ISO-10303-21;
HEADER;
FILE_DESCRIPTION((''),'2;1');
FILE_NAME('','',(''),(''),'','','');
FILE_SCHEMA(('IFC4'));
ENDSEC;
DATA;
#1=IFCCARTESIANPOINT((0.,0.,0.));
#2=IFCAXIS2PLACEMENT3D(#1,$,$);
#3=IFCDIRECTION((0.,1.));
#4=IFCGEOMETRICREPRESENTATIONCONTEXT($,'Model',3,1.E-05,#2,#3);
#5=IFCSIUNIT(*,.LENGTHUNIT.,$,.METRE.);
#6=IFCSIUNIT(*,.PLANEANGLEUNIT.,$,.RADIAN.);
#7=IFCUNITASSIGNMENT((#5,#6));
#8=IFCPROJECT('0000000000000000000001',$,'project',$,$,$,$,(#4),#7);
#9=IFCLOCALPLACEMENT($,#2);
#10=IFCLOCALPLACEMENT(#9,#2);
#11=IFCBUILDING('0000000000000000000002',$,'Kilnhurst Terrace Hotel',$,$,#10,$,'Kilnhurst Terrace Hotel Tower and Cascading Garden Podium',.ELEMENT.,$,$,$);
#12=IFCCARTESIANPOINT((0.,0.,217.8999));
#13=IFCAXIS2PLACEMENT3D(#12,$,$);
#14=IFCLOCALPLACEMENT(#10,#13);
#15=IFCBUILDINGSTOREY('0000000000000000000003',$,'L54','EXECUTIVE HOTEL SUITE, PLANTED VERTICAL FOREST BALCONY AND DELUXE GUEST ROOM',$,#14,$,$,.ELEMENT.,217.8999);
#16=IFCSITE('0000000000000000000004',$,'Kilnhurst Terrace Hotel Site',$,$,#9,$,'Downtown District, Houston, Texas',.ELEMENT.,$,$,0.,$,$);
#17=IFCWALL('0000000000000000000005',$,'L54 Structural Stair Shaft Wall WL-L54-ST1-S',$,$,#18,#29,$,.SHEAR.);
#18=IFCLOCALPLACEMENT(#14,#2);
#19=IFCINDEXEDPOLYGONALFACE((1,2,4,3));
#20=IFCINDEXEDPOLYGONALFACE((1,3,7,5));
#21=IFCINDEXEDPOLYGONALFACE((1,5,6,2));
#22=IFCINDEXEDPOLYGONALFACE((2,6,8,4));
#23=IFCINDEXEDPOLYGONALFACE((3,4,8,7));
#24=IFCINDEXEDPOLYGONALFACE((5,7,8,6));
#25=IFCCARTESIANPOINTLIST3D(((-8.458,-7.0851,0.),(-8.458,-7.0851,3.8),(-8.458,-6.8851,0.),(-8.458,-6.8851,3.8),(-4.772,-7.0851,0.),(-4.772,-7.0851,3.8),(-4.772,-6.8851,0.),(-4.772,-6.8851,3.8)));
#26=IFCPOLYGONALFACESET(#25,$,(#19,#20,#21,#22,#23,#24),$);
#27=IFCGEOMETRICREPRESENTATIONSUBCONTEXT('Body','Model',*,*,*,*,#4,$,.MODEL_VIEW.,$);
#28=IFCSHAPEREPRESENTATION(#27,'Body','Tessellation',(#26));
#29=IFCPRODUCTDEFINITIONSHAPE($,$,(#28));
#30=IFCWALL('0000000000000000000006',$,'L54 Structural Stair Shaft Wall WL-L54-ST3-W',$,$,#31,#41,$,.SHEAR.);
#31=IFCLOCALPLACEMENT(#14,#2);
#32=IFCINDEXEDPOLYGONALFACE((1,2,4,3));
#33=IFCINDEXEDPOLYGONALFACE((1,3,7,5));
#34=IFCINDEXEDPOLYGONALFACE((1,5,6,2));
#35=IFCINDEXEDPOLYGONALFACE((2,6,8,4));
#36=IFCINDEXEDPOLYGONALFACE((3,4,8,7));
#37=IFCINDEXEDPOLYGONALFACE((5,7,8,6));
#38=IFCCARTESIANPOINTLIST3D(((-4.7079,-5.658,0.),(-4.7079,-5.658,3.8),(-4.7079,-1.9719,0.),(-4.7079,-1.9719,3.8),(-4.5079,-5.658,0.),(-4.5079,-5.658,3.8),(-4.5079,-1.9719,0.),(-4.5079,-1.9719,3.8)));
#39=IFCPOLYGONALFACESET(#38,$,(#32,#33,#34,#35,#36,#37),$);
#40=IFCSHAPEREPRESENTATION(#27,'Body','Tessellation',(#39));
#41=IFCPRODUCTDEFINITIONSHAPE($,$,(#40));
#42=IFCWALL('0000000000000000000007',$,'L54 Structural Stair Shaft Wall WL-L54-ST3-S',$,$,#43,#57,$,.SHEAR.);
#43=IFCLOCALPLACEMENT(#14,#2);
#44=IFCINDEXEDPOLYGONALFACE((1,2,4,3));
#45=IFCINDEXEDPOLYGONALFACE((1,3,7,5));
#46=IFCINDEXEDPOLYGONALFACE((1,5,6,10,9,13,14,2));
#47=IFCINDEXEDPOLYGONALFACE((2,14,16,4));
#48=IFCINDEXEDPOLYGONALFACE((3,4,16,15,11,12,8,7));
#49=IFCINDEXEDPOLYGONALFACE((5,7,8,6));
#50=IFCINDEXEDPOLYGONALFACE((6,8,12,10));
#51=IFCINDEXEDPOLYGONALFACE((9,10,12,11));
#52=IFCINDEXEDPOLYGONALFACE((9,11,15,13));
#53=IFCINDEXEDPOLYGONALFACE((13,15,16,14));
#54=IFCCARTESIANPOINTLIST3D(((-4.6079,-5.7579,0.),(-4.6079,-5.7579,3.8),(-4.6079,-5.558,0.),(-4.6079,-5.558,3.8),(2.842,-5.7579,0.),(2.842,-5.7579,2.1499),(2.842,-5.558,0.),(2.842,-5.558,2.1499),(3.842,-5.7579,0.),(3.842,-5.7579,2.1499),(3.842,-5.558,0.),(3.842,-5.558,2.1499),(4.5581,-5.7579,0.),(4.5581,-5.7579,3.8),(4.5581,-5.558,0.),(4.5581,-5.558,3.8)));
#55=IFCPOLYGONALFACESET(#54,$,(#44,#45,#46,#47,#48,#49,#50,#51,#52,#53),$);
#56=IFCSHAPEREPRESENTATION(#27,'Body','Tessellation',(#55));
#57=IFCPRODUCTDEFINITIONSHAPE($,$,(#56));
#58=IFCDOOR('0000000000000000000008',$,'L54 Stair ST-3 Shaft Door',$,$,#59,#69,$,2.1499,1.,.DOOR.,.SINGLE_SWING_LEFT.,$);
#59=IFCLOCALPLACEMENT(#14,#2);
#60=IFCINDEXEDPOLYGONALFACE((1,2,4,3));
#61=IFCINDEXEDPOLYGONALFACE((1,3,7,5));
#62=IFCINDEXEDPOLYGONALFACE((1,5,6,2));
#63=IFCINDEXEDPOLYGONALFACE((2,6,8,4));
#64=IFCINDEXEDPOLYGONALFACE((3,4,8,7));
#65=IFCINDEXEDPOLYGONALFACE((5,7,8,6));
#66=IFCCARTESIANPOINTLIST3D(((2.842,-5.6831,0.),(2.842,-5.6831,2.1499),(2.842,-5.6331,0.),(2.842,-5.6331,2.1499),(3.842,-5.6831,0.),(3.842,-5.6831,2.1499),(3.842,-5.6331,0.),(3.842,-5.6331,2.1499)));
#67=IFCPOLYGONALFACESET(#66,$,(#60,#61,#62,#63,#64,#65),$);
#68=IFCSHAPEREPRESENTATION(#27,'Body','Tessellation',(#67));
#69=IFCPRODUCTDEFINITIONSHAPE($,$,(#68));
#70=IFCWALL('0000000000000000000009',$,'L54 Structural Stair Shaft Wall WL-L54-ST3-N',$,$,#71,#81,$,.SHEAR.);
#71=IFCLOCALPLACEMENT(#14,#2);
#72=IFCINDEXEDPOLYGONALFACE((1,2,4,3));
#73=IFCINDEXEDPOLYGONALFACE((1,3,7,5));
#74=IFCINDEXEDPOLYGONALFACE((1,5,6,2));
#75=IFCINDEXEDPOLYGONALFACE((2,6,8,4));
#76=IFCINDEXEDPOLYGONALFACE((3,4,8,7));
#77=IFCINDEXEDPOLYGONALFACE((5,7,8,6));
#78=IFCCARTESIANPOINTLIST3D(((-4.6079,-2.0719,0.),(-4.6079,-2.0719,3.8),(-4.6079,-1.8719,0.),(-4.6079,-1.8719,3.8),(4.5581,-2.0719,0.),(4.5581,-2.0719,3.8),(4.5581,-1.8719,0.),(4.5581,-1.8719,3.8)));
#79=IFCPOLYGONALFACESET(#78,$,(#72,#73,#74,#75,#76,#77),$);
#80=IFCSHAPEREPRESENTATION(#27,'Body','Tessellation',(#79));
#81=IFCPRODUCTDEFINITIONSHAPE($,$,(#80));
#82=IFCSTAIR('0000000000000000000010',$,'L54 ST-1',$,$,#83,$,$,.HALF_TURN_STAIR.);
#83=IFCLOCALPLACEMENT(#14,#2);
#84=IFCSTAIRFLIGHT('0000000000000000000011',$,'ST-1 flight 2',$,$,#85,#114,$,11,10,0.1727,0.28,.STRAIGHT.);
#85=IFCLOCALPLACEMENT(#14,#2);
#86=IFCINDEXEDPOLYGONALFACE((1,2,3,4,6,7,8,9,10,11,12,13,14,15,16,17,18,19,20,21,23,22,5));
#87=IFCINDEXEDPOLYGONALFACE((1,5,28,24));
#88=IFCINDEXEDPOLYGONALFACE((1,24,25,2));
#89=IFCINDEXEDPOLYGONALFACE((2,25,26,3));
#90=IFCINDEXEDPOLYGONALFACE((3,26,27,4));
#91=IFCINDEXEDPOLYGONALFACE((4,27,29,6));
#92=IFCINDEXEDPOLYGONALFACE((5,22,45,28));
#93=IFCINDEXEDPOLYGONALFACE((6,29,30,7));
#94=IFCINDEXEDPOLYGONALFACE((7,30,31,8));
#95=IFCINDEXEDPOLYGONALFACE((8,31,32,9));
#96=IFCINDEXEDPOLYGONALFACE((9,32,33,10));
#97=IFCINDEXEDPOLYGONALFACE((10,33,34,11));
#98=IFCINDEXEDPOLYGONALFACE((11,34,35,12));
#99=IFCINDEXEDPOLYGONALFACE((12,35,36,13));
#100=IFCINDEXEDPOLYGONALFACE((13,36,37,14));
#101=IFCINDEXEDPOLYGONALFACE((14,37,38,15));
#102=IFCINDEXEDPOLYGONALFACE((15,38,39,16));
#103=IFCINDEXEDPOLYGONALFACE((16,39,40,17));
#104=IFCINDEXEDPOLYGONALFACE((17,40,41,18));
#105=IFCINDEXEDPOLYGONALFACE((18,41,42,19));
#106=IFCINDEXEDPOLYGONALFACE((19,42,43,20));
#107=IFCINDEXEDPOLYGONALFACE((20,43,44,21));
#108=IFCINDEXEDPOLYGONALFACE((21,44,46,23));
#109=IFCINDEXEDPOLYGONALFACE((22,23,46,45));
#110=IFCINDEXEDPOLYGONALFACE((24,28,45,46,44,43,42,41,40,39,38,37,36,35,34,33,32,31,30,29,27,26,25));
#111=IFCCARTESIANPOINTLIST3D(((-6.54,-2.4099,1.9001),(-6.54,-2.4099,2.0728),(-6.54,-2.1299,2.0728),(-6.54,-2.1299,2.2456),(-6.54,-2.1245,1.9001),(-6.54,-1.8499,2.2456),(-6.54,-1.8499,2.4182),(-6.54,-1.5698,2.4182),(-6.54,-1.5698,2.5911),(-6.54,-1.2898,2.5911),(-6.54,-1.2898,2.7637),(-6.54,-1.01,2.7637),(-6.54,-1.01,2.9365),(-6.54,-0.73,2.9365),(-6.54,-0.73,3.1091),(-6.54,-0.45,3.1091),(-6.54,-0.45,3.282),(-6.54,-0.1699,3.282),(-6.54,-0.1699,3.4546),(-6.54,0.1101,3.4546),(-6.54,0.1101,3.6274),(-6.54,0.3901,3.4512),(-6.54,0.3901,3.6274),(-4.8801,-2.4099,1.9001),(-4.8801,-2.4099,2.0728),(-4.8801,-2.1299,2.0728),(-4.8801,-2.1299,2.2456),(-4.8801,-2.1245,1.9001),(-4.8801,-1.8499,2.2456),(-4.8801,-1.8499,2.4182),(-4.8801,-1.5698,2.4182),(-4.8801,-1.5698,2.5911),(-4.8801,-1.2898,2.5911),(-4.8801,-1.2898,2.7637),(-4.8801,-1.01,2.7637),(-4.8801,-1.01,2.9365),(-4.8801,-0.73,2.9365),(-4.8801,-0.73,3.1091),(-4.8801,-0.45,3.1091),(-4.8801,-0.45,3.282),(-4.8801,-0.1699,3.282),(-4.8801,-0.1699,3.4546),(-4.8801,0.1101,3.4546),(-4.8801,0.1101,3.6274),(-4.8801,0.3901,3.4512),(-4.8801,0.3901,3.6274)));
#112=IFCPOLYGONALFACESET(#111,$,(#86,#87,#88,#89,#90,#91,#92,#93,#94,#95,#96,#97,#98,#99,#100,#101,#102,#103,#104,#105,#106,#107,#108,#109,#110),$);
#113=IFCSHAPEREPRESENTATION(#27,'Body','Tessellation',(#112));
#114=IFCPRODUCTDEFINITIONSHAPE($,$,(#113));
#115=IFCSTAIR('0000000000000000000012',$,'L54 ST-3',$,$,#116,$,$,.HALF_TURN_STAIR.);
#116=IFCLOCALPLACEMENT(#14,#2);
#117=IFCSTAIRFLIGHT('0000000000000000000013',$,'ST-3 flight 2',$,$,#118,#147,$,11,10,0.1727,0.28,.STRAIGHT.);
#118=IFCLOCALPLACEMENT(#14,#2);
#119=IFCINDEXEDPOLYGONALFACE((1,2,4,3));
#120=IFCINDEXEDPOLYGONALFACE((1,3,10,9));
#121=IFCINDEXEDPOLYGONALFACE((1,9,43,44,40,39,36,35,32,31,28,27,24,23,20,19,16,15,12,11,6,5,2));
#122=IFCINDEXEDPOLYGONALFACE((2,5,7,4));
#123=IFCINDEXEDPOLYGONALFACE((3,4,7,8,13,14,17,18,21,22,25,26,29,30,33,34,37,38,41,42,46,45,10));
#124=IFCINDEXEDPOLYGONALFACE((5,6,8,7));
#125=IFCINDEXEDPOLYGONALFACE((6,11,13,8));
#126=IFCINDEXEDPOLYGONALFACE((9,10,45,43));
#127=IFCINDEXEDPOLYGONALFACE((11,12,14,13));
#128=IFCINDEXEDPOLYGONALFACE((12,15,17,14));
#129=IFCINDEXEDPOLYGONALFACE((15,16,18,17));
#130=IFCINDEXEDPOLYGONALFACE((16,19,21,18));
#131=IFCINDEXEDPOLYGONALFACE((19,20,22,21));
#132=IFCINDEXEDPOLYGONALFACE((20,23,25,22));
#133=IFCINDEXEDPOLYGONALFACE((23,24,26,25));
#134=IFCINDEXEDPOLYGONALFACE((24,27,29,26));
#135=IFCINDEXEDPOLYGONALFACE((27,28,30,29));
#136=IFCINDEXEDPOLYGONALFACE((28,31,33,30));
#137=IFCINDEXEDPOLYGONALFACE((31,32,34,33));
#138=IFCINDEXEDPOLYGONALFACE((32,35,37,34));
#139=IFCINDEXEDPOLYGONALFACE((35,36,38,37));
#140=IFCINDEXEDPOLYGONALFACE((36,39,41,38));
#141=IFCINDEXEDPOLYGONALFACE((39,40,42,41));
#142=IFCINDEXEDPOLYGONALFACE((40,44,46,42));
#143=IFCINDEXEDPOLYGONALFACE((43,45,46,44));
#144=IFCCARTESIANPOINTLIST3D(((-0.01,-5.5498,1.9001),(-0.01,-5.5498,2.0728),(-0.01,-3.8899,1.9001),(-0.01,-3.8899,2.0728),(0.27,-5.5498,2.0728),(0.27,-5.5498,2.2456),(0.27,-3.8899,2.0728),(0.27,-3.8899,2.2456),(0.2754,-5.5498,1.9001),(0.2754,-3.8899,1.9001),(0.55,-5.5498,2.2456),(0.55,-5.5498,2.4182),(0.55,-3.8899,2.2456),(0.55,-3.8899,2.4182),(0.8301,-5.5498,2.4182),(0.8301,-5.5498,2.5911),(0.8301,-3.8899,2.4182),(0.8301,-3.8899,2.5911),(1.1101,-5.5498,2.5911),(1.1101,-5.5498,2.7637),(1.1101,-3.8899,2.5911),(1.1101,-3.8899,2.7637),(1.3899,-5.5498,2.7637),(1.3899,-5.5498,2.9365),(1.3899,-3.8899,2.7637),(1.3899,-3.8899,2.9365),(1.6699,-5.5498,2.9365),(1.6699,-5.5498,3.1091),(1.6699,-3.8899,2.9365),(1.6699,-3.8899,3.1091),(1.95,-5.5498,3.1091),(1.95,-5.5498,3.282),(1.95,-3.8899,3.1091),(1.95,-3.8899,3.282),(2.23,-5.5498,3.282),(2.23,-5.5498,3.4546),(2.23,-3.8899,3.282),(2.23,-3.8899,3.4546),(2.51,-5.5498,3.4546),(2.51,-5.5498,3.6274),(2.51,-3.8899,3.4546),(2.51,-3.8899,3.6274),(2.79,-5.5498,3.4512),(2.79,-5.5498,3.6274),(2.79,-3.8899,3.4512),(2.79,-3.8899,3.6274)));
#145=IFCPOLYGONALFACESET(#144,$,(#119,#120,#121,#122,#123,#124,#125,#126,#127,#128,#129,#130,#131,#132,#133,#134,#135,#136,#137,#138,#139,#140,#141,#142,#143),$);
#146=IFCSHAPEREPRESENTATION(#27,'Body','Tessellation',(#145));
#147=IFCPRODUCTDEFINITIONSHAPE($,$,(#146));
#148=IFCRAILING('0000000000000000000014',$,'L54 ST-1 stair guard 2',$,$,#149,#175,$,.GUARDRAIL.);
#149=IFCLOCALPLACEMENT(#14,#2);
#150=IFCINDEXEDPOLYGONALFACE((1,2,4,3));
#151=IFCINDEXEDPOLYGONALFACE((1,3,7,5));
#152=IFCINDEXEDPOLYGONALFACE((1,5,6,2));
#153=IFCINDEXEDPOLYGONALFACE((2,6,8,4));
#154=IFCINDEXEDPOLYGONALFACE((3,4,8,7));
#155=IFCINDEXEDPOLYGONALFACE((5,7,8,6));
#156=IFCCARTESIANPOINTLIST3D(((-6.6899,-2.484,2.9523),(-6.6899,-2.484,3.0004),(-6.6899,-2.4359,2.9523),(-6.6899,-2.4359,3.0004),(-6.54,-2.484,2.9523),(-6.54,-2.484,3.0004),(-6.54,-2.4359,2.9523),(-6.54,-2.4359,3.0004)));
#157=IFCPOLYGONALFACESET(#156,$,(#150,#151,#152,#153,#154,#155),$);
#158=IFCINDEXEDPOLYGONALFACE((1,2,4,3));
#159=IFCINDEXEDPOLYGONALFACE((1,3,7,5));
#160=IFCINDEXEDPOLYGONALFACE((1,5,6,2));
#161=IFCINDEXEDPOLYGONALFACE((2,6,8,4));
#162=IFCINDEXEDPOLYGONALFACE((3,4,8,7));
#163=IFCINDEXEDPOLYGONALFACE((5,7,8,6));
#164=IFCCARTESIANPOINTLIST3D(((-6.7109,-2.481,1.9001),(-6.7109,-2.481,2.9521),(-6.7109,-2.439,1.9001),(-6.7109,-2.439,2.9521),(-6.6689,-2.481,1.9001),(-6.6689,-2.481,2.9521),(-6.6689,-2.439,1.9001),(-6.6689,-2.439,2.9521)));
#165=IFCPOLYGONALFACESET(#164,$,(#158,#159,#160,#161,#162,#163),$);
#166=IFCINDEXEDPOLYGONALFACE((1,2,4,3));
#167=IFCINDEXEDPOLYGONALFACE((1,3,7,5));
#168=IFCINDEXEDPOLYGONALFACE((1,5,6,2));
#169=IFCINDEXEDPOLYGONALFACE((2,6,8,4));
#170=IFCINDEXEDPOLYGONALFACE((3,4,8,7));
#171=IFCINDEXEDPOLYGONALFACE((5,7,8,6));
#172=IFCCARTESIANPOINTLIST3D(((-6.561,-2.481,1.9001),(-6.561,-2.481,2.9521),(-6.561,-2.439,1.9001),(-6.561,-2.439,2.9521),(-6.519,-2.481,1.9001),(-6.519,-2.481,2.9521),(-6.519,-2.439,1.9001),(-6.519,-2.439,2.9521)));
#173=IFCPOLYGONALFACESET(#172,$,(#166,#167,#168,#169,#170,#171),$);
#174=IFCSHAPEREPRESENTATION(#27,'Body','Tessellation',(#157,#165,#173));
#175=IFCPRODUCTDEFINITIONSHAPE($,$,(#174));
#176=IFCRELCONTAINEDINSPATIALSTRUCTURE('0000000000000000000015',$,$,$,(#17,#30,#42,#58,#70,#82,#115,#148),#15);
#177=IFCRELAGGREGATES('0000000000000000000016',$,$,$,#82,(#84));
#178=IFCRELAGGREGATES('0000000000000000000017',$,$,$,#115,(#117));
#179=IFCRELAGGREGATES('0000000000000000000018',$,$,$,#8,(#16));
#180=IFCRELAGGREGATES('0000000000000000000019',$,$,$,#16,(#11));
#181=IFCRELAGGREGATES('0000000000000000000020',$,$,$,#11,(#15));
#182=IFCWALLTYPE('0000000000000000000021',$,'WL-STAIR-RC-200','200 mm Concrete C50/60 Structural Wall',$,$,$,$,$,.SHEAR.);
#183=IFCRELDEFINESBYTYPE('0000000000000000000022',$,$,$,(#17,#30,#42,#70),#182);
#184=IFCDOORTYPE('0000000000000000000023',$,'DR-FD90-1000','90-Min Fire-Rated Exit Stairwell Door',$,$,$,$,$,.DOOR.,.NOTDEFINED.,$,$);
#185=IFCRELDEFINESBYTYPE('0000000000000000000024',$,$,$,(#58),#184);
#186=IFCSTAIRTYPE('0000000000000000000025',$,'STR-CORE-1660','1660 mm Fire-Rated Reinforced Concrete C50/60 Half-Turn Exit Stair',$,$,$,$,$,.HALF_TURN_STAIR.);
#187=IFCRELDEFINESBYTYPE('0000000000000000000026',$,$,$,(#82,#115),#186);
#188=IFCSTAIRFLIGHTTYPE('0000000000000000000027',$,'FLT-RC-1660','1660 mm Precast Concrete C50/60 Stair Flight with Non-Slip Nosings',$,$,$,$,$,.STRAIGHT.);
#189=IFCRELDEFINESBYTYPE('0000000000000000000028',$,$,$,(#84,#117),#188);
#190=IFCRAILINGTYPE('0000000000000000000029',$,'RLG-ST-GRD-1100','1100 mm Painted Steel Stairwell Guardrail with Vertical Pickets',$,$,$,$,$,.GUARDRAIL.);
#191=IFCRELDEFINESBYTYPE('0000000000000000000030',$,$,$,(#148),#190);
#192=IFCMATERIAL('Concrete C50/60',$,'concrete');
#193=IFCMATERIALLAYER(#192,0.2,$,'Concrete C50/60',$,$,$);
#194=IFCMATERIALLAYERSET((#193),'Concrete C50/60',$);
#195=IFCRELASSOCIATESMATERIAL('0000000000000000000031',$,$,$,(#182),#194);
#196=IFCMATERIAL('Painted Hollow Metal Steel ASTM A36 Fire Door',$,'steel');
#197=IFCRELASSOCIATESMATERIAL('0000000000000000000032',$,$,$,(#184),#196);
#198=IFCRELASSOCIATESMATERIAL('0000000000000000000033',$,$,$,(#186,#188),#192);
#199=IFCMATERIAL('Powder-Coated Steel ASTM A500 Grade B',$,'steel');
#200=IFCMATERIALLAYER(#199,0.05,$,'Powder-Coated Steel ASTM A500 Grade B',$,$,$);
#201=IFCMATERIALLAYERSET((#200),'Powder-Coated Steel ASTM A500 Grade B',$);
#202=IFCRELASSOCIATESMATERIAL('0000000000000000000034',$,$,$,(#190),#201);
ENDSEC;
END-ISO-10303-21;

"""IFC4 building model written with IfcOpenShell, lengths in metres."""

from ifc_helpers import new_model, si_unit, direction, frame, frame_2d, origin, origin_2d, place, context, subcontext, project, spatial, polyline, rectangle, outline, extrude, material, layer, layer_set, type_object, element, fill, aggregate, save


model = new_model("IFC4")

# Units and contexts
model_context = context("Model", 3, precision=1e-05, world=origin(), true_north=direction((0.0, 1.0)))
body_context = subcontext(model_context, "Body", "Model", "MODEL_VIEW")
ifc_project = project(units=[si_unit("LENGTHUNIT", "METRE"), si_unit("PLANEANGLEUNIT", "RADIAN")], contexts=[model_context])

# Site, building, storey
site_placement = place(None, origin())
site = spatial("IfcSite", under=ifc_project, at=site_placement, Name="Kilnhurst Terrace Hotel Site", LongName="Downtown District, Houston, Texas", CompositionType="ELEMENT", RefElevation=0.0)
building_placement = place(site_placement, origin())
building = spatial("IfcBuilding", under=site, at=building_placement, Name="Kilnhurst Terrace Hotel", LongName="Kilnhurst Terrace Hotel Tower and Cascading Garden Podium", CompositionType="ELEMENT")
storey_placement = place(building_placement, frame((0.0, 0.0, 217.8999)))
storey = spatial("IfcBuildingStorey", under=building, at=storey_placement, Name="L54", Description="EXECUTIVE HOTEL SUITE, PLANTED VERTICAL FOREST BALCONY AND DELUXE GUEST ROOM", CompositionType="ELEMENT", Elevation=217.8999)

# Shared definitions
ifc_material_1 = material(Name="Concrete C50/60", Category="concrete")

# Walls
ifc_layer_1 = layer(ifc_material_1, 0.2, Name="Concrete C50/60")
ifc_layer_set_1 = layer_set([ifc_layer_1], Name="Concrete C50/60")
wall_type_1 = type_object("IfcWallType", Name="WL-STAIR-RC-200", Description="200 mm Concrete C50/60 Structural Wall", PredefinedType="SHEAR", material=ifc_layer_set_1)
for number, where, z_axis, x_axis, name in (
    (1, (-8.458, -6.9851, 0.0), (0.0, 0.0, 1.0), (1.0, 0.0, 0.0), "L54 Structural Stair Shaft Wall WL-L54-ST1-S"),
    (2, (-4.6079, -5.658, 0.0), (0.0, 0.0, 1.0), (0.0, 1.0, 0.0), "L54 Structural Stair Shaft Wall WL-L54-ST3-W"),
):
    element("IfcWall", number, at=place(storey_placement, frame(where, z_axis=z_axis, x_axis=x_axis)), inside=storey, type_object=wall_type_1, Name=name, PredefinedType="SHEAR", context=body_context, shape_type="SweptSolid", body=[
        extrude(rectangle(XDim=3.686, YDim=0.2, at=frame_2d((1.843, 0.0))), origin(), (0.0, 0.0, 1.0), 3.8),
    ])

# Wall, opening, door
wall_1_placement = place(storey_placement, frame((-4.6079, -5.658, 0.0), z_axis=(0.0, 0.0, 1.0), x_axis=(1.0, 0.0, 0.0)))
wall_1 = element("IfcWall", 3, at=wall_1_placement, inside=storey, type_object=wall_type_1, Name="L54 Structural Stair Shaft Wall WL-L54-ST3-S", PredefinedType="SHEAR", context=body_context, shape_type="SweptSolid", body=[
    extrude(rectangle(XDim=9.166, YDim=0.2, at=frame_2d((4.583, 0.0))), origin(), (0.0, 0.0, 1.0), 3.8),
])
opening_1_placement = place(wall_1_placement, frame((7.45, 0.0, 0.0)))
opening_1 = element("IfcOpeningElement", 4, at=opening_1_placement, cuts=wall_1, PredefinedType="OPENING", context=body_context, shape_type="SweptSolid", body=[
    extrude(rectangle(XDim=1.0, YDim=2.1499, at=frame_2d((0.5, 1.075))), frame((0.0, 0.1099, 0.0), z_axis=(0.0, -1.0, 0.0), x_axis=(1.0, 0.0, 0.0)), (0.0, 0.0, 1.0), 0.22),
])
ifc_material_2 = material(Name="Painted Hollow Metal Steel ASTM A36 Fire Door", Category="steel")
door_type_1 = type_object("IfcDoorType", Name="DR-FD90-1000", Description="90-Min Fire-Rated Exit Stairwell Door", OperationType="NOTDEFINED", PredefinedType="DOOR", material=ifc_material_2)
door_1_placement = place(opening_1_placement, origin())
door_1 = element("IfcDoor", 5, at=door_1_placement, inside=storey, type_object=door_type_1, Name="L54 Stair ST-3 Shaft Door", OperationType="SINGLE_SWING_LEFT", OverallHeight=2.1499, OverallWidth=1.0, PredefinedType="DOOR", context=body_context, shape_type="SweptSolid", body=[
    extrude(rectangle(XDim=1.0, YDim=2.1499, at=frame_2d((0.5, 1.075))), frame((0.0, 0.0249, 0.0), z_axis=(0.0, -1.0, 0.0), x_axis=(1.0, 0.0, 0.0)), (0.0, 0.0, 1.0), 0.05),
])
fill(opening_1, door_1)

# Wall
wall_2_placement = place(storey_placement, frame((-4.6079, -1.9719, 0.0), z_axis=(0.0, 0.0, 1.0), x_axis=(1.0, 0.0, 0.0)))
element("IfcWall", 6, at=wall_2_placement, inside=storey, type_object=wall_type_1, Name="L54 Structural Stair Shaft Wall WL-L54-ST3-N", PredefinedType="SHEAR", context=body_context, shape_type="SweptSolid", body=[
    extrude(rectangle(XDim=9.166, YDim=0.2, at=frame_2d((4.583, 0.0))), origin(), (0.0, 0.0, 1.0), 3.8),
])

# Stairs, stair flights
stair_type = type_object("IfcStairType", Name="STR-CORE-1660", Description="1660 mm Fire-Rated Reinforced Concrete C50/60 Half-Turn Exit Stair", PredefinedType="HALF_TURN_STAIR", material=ifc_material_1)
stair_1_placement = place(storey_placement, origin())
stair_1 = element("IfcStair", 7, at=stair_1_placement, inside=storey, type_object=stair_type, Name="L54 ST-1", PredefinedType="HALF_TURN_STAIR")
stair_flight_type = type_object("IfcStairFlightType", Name="FLT-RC-1660", Description="1660 mm Precast Concrete C50/60 Stair Flight with Non-Slip Nosings", PredefinedType="STRAIGHT", material=ifc_material_1)
stair_flight_1_placement = place(storey_placement, frame((-5.71, -2.4099, 1.9001), z_axis=(0.0, 0.0, 1.0), x_axis=(0.0, 1.0, 0.0)))
stair_flight_1 = element("IfcStairFlight", 8, at=stair_flight_1_placement, type_object=stair_flight_type, Name="ST-1 flight 2", NumberOfRisers=11, NumberOfTreads=10, PredefinedType="STRAIGHT", RiserHeight=0.1727, TreadLength=0.28, context=body_context, shape_type="SweptSolid", body=[
    extrude(outline(polyline([(0.0, 0.0), (0.0, 0.1726), (0.28, 0.1726), (0.28, 0.3455), (0.5601, 0.3455), (0.5601, 0.5181), (0.8401, 0.5181), (0.8401, 0.6909), (1.1201, 0.6909), (1.1201, 0.8635), (1.3999, 0.8635), (1.3999, 1.0364), (1.6799, 1.0364), (1.6799, 1.209), (1.96, 1.209), (1.96, 1.3818), (2.24, 1.3818), (2.24, 1.5544), (2.52, 1.5544), (2.52, 1.7273), (2.8, 1.7273), (2.8, 1.8999), (2.8, 1.551), (0.2854, 0.0), (0.0, 0.0)])), frame((0.0, 0.8301, 0.0), z_axis=(0.0, -1.0, 0.0), x_axis=(1.0, 0.0, 0.0)), (0.0, 0.0, 1.0), 1.6599),
])
aggregate(stair_1, [stair_flight_1])
stair_2_placement = place(storey_placement, origin())
stair_2 = element("IfcStair", 9, at=stair_2_placement, inside=storey, type_object=stair_type, Name="L54 ST-3", PredefinedType="HALF_TURN_STAIR")
stair_flight_2_placement = place(storey_placement, frame((-0.01, -4.72, 1.9001), z_axis=(0.0, 0.0, 1.0), x_axis=(1.0, 0.0, 0.0)))
stair_flight_2 = element("IfcStairFlight", 10, at=stair_flight_2_placement, type_object=stair_flight_type, Name="ST-3 flight 2", NumberOfRisers=11, NumberOfTreads=10, PredefinedType="STRAIGHT", RiserHeight=0.1727, TreadLength=0.28, context=body_context, shape_type="SweptSolid", body=[
    extrude(outline(polyline([(0.0, 0.0), (0.0, 0.1726), (0.28, 0.1726), (0.28, 0.3455), (0.5601, 0.3455), (0.5601, 0.5181), (0.8401, 0.5181), (0.8401, 0.6909), (1.1201, 0.6909), (1.1201, 0.8635), (1.3999, 0.8635), (1.3999, 1.0364), (1.6799, 1.0364), (1.6799, 1.209), (1.96, 1.209), (1.96, 1.3818), (2.24, 1.3818), (2.24, 1.5544), (2.52, 1.5544), (2.52, 1.7273), (2.8, 1.7273), (2.8, 1.8999), (2.8, 1.551), (0.2854, 0.0), (0.0, 0.0)])), frame((0.0, 0.8301, 0.0), z_axis=(0.0, -1.0, 0.0), x_axis=(1.0, 0.0, 0.0)), (0.0, 0.0, 1.0), 1.6599),
])
aggregate(stair_2, [stair_flight_2])

# Railing
ifc_material_3 = material(Name="Powder-Coated Steel ASTM A500 Grade B", Category="steel")
ifc_layer_2 = layer(ifc_material_3, 0.05, Name="Powder-Coated Steel ASTM A500 Grade B")
ifc_layer_set_2 = layer_set([ifc_layer_2], Name="Powder-Coated Steel ASTM A500 Grade B")
railing_type_1 = type_object("IfcRailingType", Name="RLG-ST-GRD-1100", Description="1100 mm Painted Steel Stairwell Guardrail with Vertical Pickets", PredefinedType="GUARDRAIL", material=ifc_layer_set_2)
railing_1_placement = place(storey_placement, frame((-6.6899, -2.46, 1.9001)))
element("IfcRailing", 11, at=railing_1_placement, inside=storey, type_object=railing_type_1, Name="L54 ST-1 stair guard 2", PredefinedType="GUARDRAIL", context=body_context, shape_type="SweptSolid", body=[
    extrude(rectangle(XDim=0.0481, YDim=0.0481, at=origin_2d()), frame((0.0, 0.0, 1.0762), z_axis=(1.0, 0.0, 0.0), x_axis=(0.0, 1.0, 0.0)), (0.0, 0.0, 1.0), 0.1499),
    extrude(rectangle(XDim=0.042, YDim=0.042, at=origin_2d()), origin(), (0.0, 0.0, 1.0), 1.052),
    extrude(rectangle(XDim=0.042, YDim=0.042, at=origin_2d()), frame((0.1499, 0.0, 0.0)), (0.0, 0.0, 1.0), 1.052),
])

save(model, "model.ifc")
